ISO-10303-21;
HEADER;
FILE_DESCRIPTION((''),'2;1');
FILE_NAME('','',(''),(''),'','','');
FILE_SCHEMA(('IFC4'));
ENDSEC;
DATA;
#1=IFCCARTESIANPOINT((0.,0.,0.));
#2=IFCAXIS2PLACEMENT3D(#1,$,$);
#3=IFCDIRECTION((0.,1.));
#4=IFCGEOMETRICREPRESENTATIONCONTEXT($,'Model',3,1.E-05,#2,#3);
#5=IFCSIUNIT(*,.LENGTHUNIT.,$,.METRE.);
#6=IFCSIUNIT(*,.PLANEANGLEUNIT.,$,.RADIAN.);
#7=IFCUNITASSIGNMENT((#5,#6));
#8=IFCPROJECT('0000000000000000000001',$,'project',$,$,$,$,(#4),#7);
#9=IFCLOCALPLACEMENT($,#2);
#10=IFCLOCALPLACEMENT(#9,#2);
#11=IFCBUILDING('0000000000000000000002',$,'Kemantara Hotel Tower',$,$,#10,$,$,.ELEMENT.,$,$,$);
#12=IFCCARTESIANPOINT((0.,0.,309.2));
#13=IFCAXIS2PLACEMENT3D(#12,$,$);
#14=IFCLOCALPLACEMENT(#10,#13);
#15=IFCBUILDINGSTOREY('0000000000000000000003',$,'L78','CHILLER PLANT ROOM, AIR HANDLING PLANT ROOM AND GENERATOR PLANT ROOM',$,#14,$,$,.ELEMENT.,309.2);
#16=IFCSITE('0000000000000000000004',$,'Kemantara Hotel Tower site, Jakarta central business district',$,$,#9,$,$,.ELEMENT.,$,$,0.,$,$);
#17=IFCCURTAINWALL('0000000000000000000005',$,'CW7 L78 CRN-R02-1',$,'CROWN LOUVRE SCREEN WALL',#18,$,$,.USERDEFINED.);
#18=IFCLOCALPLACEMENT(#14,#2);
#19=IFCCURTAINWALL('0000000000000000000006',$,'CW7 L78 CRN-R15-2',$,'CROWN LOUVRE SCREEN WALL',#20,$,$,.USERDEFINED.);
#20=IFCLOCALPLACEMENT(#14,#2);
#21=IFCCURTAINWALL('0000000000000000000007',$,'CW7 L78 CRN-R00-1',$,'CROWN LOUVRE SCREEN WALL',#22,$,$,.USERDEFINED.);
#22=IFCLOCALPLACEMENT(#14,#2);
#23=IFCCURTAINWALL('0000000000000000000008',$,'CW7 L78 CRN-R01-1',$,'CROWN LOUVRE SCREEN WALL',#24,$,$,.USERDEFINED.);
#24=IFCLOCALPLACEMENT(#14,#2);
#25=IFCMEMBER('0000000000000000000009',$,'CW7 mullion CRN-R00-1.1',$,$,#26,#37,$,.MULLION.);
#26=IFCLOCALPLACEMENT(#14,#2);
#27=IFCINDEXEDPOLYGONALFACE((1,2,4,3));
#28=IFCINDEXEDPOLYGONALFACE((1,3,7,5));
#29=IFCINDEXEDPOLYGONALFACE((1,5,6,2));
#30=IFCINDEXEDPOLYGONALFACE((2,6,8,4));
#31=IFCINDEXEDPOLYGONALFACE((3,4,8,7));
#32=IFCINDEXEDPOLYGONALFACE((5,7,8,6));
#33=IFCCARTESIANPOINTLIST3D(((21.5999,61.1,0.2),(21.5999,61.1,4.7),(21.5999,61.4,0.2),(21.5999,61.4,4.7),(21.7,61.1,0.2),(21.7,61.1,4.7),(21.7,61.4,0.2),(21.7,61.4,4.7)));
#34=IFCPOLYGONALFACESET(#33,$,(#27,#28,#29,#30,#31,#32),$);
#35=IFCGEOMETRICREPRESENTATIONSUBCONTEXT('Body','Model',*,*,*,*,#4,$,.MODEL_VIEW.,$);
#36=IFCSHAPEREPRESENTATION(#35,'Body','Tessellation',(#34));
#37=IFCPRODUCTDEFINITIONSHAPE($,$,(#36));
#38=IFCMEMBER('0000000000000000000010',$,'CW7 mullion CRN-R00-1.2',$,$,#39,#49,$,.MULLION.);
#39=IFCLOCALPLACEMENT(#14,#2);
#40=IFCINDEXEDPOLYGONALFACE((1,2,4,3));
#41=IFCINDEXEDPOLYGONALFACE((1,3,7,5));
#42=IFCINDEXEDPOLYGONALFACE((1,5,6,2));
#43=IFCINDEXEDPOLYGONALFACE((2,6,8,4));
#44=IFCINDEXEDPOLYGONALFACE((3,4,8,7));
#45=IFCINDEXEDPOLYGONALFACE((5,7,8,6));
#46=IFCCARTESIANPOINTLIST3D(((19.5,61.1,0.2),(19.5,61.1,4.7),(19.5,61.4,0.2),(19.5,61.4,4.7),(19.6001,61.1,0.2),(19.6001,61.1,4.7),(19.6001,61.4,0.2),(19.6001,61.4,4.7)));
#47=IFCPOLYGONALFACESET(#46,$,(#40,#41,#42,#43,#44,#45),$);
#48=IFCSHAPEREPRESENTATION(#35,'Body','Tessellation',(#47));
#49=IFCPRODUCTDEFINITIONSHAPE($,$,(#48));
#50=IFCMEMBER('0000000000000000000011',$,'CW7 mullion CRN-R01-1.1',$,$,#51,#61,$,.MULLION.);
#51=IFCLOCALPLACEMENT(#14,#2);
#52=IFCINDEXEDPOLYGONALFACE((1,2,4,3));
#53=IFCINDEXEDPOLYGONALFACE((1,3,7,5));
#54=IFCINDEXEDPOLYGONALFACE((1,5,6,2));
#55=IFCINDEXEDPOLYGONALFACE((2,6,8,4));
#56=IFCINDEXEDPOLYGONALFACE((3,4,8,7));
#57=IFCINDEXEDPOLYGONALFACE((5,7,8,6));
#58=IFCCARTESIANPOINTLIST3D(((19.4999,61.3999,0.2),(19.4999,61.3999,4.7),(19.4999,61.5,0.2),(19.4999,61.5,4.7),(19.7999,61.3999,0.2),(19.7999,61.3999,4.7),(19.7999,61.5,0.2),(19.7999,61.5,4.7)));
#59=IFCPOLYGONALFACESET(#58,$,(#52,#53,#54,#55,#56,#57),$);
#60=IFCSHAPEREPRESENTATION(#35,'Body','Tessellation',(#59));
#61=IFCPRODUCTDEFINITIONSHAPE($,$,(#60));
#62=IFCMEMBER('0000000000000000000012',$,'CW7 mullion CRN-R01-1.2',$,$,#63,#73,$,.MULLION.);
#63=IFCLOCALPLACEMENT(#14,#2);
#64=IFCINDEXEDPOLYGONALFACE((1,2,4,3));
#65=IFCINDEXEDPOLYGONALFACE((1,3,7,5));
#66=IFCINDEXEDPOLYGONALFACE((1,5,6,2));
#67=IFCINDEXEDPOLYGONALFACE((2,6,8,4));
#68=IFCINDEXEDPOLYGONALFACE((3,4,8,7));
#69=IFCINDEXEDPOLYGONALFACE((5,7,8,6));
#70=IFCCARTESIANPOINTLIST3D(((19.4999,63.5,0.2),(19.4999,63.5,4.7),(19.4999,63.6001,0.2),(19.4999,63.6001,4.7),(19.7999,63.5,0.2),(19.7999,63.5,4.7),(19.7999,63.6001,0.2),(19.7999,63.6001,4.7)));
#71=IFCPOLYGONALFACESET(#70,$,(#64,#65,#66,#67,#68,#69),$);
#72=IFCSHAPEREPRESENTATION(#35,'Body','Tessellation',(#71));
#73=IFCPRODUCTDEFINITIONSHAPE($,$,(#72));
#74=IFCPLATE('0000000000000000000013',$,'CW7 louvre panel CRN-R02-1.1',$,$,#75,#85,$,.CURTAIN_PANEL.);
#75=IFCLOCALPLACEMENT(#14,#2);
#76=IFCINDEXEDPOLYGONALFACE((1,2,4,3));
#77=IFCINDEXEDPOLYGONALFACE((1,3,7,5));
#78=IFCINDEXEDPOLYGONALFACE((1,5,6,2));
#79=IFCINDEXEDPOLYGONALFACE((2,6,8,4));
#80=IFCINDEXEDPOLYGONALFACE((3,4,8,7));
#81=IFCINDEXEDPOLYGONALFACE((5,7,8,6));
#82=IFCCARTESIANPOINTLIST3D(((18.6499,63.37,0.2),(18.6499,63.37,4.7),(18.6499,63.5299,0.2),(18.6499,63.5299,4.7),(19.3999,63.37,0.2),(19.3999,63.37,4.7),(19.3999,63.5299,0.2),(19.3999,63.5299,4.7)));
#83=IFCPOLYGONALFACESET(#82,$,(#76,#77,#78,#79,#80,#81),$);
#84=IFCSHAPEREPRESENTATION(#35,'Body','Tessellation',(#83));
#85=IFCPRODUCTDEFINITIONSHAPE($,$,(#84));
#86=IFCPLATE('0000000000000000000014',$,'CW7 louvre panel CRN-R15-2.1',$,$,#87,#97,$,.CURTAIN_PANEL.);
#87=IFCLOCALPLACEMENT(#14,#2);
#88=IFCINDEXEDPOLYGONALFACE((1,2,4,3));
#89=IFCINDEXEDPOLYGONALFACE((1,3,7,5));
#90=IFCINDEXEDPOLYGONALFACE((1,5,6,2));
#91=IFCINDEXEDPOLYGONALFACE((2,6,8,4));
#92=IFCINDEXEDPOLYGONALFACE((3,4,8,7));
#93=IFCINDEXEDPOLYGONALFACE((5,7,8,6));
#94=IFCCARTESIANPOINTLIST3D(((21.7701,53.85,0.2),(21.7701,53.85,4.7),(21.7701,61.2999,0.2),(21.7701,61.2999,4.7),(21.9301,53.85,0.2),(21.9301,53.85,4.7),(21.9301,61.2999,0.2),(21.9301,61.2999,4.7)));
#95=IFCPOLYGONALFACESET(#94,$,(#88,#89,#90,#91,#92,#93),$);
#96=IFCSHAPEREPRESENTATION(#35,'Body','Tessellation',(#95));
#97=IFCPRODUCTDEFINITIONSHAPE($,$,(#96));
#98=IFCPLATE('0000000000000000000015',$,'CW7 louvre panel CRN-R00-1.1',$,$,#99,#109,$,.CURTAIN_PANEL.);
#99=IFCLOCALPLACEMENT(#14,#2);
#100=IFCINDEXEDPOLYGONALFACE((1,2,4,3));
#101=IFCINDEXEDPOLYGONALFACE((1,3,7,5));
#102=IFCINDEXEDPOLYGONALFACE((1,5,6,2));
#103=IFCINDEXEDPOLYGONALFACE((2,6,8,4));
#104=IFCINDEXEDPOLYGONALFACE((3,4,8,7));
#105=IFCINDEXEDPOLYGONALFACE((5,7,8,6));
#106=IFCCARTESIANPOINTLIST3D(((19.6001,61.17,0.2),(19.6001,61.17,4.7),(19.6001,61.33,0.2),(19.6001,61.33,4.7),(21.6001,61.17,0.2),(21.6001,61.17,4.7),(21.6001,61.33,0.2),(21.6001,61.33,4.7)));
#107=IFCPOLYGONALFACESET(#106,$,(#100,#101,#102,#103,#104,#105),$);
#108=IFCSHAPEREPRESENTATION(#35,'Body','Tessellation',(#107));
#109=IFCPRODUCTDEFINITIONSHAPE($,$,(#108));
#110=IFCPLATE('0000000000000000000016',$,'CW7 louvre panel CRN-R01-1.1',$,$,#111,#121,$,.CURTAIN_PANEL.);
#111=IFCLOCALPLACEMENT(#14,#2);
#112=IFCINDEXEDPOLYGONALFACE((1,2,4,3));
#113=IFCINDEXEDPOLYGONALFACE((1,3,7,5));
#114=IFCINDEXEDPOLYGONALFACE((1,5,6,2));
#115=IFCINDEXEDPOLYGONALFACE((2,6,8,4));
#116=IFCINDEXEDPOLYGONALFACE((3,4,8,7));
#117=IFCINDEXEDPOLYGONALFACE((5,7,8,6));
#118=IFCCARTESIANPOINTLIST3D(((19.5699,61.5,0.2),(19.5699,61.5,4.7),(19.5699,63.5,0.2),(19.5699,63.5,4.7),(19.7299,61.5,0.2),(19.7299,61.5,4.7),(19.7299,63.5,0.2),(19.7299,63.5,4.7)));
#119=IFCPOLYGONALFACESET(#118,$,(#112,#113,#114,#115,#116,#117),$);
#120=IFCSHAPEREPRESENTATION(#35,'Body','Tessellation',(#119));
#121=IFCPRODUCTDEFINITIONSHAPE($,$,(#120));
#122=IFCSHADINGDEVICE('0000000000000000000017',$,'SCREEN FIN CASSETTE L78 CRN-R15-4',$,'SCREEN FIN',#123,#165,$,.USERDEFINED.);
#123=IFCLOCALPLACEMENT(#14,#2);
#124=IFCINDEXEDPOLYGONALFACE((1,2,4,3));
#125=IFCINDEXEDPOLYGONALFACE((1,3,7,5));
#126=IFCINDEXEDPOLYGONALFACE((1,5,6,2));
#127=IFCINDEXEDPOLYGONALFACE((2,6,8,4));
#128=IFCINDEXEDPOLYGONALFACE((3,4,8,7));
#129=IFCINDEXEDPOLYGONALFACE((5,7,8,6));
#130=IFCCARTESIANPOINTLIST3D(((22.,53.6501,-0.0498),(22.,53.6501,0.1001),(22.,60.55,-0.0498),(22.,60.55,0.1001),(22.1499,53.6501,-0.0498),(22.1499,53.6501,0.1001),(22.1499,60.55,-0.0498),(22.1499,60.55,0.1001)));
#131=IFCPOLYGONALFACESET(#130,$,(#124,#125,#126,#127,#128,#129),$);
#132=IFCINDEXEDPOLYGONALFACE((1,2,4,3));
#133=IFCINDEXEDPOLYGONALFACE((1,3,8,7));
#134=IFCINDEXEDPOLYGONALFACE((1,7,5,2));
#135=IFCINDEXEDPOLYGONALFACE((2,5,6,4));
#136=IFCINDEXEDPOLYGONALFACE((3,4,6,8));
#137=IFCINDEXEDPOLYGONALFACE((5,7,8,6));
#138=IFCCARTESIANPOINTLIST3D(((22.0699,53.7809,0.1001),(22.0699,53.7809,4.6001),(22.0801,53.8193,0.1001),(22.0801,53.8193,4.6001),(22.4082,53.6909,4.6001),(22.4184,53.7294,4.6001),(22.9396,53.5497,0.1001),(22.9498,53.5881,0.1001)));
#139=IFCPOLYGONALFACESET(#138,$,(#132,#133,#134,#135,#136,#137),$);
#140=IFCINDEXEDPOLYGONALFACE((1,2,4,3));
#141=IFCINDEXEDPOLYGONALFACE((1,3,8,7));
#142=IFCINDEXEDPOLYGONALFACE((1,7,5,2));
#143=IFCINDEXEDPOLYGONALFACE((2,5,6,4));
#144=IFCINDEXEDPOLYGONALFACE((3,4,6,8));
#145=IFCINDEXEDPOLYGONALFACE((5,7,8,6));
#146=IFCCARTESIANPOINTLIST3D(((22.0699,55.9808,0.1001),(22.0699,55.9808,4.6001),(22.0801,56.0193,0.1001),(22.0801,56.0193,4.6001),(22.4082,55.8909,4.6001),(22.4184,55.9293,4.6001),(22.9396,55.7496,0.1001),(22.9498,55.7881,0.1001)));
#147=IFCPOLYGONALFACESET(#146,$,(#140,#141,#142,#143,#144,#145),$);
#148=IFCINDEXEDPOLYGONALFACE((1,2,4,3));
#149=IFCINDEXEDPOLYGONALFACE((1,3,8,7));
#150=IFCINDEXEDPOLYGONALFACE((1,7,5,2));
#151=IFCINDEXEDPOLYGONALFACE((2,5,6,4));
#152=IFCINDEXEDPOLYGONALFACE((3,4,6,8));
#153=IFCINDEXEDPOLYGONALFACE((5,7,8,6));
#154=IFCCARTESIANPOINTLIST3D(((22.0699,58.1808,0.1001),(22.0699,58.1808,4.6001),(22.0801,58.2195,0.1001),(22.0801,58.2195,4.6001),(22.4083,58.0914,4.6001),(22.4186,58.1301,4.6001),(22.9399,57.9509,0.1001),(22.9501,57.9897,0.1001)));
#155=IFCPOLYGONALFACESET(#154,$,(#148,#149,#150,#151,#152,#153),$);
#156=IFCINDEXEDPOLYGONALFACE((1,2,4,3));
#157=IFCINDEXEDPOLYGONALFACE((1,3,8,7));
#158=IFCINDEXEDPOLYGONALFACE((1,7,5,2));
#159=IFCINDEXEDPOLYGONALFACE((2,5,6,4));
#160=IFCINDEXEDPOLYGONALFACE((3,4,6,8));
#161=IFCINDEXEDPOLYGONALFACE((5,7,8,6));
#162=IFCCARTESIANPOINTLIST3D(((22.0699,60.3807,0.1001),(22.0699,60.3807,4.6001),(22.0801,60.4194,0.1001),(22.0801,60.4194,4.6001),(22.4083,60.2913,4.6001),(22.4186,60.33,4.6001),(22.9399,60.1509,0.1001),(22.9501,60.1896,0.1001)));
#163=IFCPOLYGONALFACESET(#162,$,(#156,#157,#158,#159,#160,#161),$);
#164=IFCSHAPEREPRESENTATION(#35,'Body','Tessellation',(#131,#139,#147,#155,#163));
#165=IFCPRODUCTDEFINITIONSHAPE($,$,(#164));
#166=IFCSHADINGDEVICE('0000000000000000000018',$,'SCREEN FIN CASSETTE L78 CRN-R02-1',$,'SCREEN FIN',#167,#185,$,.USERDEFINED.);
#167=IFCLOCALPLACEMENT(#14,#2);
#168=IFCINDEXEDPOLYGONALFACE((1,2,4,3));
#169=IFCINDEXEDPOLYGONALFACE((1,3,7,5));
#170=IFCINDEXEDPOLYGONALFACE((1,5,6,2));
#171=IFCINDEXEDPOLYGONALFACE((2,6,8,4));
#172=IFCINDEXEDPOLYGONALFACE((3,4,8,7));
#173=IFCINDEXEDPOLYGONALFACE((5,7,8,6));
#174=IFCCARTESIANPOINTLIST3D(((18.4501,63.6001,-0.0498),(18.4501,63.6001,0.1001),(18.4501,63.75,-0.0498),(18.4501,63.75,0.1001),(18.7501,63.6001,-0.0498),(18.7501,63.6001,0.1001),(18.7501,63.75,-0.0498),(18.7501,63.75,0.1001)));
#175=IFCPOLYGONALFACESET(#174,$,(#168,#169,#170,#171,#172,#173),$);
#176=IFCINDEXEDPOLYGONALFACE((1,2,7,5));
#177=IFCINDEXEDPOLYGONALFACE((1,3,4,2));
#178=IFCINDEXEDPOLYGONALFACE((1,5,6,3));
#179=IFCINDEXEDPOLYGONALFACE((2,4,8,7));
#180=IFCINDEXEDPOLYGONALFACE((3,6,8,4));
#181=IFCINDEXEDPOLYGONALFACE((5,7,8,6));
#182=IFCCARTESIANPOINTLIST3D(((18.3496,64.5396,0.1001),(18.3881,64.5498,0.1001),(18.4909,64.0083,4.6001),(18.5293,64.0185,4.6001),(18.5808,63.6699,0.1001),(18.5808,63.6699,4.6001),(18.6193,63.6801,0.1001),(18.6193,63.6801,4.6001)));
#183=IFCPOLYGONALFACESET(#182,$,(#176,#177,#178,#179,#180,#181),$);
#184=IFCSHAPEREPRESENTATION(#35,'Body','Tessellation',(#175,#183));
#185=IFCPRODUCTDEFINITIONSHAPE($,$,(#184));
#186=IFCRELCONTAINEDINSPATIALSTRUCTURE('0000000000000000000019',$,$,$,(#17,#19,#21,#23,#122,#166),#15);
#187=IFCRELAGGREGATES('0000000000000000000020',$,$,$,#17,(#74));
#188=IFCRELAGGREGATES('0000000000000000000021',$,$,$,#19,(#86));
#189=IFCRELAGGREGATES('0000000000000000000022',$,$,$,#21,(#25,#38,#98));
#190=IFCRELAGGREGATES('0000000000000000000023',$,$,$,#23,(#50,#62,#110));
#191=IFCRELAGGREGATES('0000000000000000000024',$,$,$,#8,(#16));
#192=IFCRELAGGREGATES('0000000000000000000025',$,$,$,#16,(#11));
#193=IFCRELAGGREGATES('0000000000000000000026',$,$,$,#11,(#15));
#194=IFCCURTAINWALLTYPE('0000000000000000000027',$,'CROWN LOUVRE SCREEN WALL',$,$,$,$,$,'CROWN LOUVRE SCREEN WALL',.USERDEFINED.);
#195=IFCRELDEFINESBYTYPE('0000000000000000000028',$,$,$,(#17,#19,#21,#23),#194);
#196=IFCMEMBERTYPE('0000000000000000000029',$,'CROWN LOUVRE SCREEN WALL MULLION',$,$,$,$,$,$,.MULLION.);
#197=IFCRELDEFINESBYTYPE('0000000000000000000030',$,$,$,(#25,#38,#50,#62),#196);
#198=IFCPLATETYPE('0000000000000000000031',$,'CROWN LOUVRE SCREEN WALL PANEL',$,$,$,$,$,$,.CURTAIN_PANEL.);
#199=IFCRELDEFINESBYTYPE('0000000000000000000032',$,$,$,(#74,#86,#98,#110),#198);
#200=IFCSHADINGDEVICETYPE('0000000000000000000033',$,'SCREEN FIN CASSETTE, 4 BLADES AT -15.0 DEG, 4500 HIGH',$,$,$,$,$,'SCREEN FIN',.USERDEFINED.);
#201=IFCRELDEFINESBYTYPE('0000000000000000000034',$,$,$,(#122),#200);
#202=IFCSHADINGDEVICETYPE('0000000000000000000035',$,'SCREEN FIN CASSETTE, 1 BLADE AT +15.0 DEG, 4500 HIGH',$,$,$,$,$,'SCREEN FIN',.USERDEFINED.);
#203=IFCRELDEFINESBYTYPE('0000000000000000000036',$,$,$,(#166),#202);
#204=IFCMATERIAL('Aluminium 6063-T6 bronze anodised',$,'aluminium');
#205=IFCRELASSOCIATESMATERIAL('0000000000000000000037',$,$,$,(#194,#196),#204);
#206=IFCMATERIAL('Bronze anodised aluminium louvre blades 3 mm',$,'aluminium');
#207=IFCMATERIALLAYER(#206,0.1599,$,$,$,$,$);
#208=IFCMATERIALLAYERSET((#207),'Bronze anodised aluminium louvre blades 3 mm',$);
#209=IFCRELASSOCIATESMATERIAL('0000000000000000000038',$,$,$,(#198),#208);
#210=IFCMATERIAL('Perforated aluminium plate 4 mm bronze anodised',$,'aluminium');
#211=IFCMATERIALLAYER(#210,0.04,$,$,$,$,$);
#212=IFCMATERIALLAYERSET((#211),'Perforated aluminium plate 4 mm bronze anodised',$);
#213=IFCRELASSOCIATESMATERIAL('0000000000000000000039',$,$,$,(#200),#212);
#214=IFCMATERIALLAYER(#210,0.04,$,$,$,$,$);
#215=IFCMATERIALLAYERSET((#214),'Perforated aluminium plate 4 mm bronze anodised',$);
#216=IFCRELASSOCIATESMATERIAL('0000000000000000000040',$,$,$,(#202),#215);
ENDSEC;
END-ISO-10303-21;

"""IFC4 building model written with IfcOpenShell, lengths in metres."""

from ifc_helpers import new_model, si_unit, direction, frame, origin, origin_2d, place, context, subcontext, project, spatial, polyline, rectangle, outline, extrude, source, transform, mapped, material, layer, layer_set, material_profile, profile_set, type_object, element, aggregate, save


model = new_model("IFC4")

# Units and contexts
model_context = context("Model", 3, precision=1e-05, world=origin(), true_north=direction((0.0, 1.0)))
body_context = subcontext(model_context, "Body", "Model", "MODEL_VIEW")
ifc_project = project(units=[si_unit("LENGTHUNIT", "METRE"), si_unit("PLANEANGLEUNIT", "RADIAN")], contexts=[model_context])

# Site, building, storey
site_placement = place(None, origin())
site = spatial("IfcSite", under=ifc_project, at=site_placement, Name="Kemantara Hotel Tower site, Jakarta central business district", CompositionType="ELEMENT", RefElevation=0.0)
building_placement = place(site_placement, origin())
building = spatial("IfcBuilding", under=site, at=building_placement, Name="Kemantara Hotel Tower", CompositionType="ELEMENT")
storey_placement = place(building_placement, frame((0.0, 0.0, 309.2)))
storey = spatial("IfcBuildingStorey", under=building, at=storey_placement, Name="L78", Description="CHILLER PLANT ROOM, AIR HANDLING PLANT ROOM AND GENERATOR PLANT ROOM", CompositionType="ELEMENT", Elevation=309.2)

# Curtain walls
ifc_material_1 = material(Name="Aluminium 6063-T6 bronze anodised", Category="aluminium")
curtain_wall_type = type_object("IfcCurtainWallType", Name="CROWN LOUVRE SCREEN WALL", ElementType="CROWN LOUVRE SCREEN WALL", PredefinedType="USERDEFINED", material=ifc_material_1)
curtain_wall_1_placement = place(storey_placement, origin())
curtain_wall_1 = element("IfcCurtainWall", 1, at=curtain_wall_1_placement, inside=storey, type_object=curtain_wall_type, Name="CW7 L78 CRN-R02-1", ObjectType="CROWN LOUVRE SCREEN WALL", PredefinedType="USERDEFINED")
curtain_wall_2_placement = place(storey_placement, origin())
curtain_wall_2 = element("IfcCurtainWall", 2, at=curtain_wall_2_placement, inside=storey, type_object=curtain_wall_type, Name="CW7 L78 CRN-R15-2", ObjectType="CROWN LOUVRE SCREEN WALL", PredefinedType="USERDEFINED")
curtain_wall_3_placement = place(storey_placement, origin())
curtain_wall_3 = element("IfcCurtainWall", 3, at=curtain_wall_3_placement, inside=storey, type_object=curtain_wall_type, Name="CW7 L78 CRN-R00-1", ObjectType="CROWN LOUVRE SCREEN WALL", PredefinedType="USERDEFINED")
curtain_wall_4_placement = place(storey_placement, origin())
curtain_wall_4 = element("IfcCurtainWall", 4, at=curtain_wall_4_placement, inside=storey, type_object=curtain_wall_type, Name="CW7 L78 CRN-R01-1", ObjectType="CROWN LOUVRE SCREEN WALL", PredefinedType="USERDEFINED")

# Members
ifc_material_profile_1 = material_profile(ifc_material_1, rectangle(XDim=0.3, YDim=0.1001, at=origin_2d()), Name="CROWN LOUVRE SCREEN WALL MULLION")
ifc_profile_set_1 = profile_set([ifc_material_profile_1], Name="Aluminium 6063-T6 bronze anodised")
member_type_1 = type_object("IfcMemberType", Name="CROWN LOUVRE SCREEN WALL MULLION", PredefinedType="MULLION", material=ifc_profile_set_1)
shared_shape_1 = source(origin(), body_context, "Body", "SweptSolid", [
    extrude(rectangle(XDim=0.3, YDim=0.1001, at=origin_2d()), origin(), (0.0, 0.0, 1.0), 4.5),
])
member_1_placement = place(storey_placement, frame((21.6499, 61.25, 0.2), z_axis=(0.0, 0.0, 1.0), x_axis=(0.0, -1.0, 0.0)))
member_1 = element("IfcMember", 5, at=member_1_placement, type_object=member_type_1, Name="CW7 mullion CRN-R00-1.1", PredefinedType="MULLION", context=body_context, shape_type="MappedRepresentation", body=[
    mapped(shared_shape_1, transform((0.0, 0.0, 0.0))),
])
member_2_placement = place(storey_placement, frame((19.55, 61.25, 0.2), z_axis=(0.0, 0.0, 1.0), x_axis=(0.0, -1.0, 0.0)))
member_2 = element("IfcMember", 6, at=member_2_placement, type_object=member_type_1, Name="CW7 mullion CRN-R00-1.2", PredefinedType="MULLION", context=body_context, shape_type="MappedRepresentation", body=[
    mapped(shared_shape_1, transform((0.0, 0.0, 0.0))),
])
member_3_placement = place(storey_placement, frame((19.6499, 61.45, 0.2), z_axis=(0.0, 0.0, 1.0), x_axis=(-1.0, 0.0, 0.0)))
member_3 = element("IfcMember", 7, at=member_3_placement, type_object=member_type_1, Name="CW7 mullion CRN-R01-1.1", PredefinedType="MULLION", context=body_context, shape_type="MappedRepresentation", body=[
    mapped(shared_shape_1, transform((0.0, 0.0, 0.0))),
])
member_4_placement = place(storey_placement, frame((19.6499, 63.55, 0.2), z_axis=(0.0, 0.0, 1.0), x_axis=(-1.0, 0.0, 0.0)))
member_4 = element("IfcMember", 8, at=member_4_placement, type_object=member_type_1, Name="CW7 mullion CRN-R01-1.2", PredefinedType="MULLION", context=body_context, shape_type="MappedRepresentation", body=[
    mapped(shared_shape_1, transform((0.0, 0.0, 0.0))),
])

# Plates
ifc_material_2 = material(Name="Bronze anodised aluminium louvre blades 3 mm", Category="aluminium")
ifc_layer_1 = layer(ifc_material_2, 0.1599)
ifc_layer_set_1 = layer_set([ifc_layer_1], Name="Bronze anodised aluminium louvre blades 3 mm")
plate_type = type_object("IfcPlateType", Name="CROWN LOUVRE SCREEN WALL PANEL", PredefinedType="CURTAIN_PANEL", material=ifc_layer_set_1)
shared_shape_2 = source(origin(), body_context, "Body", "SweptSolid", [
    extrude(rectangle(XDim=0.75, YDim=0.1599, at=origin_2d()), origin(), (0.0, 0.0, 1.0), 4.5),
])
plate_1_placement = place(storey_placement, frame((19.0249, 63.45, 0.2), z_axis=(0.0, 0.0, 1.0), x_axis=(-1.0, 0.0, 0.0)))
plate_1 = element("IfcPlate", 9, at=plate_1_placement, type_object=plate_type, Name="CW7 louvre panel CRN-R02-1.1", PredefinedType="CURTAIN_PANEL", context=body_context, shape_type="MappedRepresentation", body=[
    mapped(shared_shape_2, transform((0.0, 0.0, 0.0))),
])
aggregate(curtain_wall_1, [plate_1])
shared_shape_3 = source(origin(), body_context, "Body", "SweptSolid", [
    extrude(rectangle(XDim=7.45, YDim=0.1599, at=origin_2d()), origin(), (0.0, 0.0, 1.0), 4.5),
])
plate_2_placement = place(storey_placement, frame((21.8501, 57.575, 0.2), z_axis=(0.0, 0.0, 1.0), x_axis=(0.0, 1.0, 0.0)))
plate_2 = element("IfcPlate", 10, at=plate_2_placement, type_object=plate_type, Name="CW7 louvre panel CRN-R15-2.1", PredefinedType="CURTAIN_PANEL", context=body_context, shape_type="MappedRepresentation", body=[
    mapped(shared_shape_3, transform((0.0, 0.0, 0.0))),
])
aggregate(curtain_wall_2, [plate_2])
shared_shape_4 = source(origin(), body_context, "Body", "SweptSolid", [
    extrude(rectangle(XDim=2.0, YDim=0.1599, at=origin_2d()), origin(), (0.0, 0.0, 1.0), 4.5),
])
plate_3_placement = place(storey_placement, frame((20.6001, 61.25, 0.2), z_axis=(0.0, 0.0, 1.0), x_axis=(-1.0, 0.0, 0.0)))
plate_3 = element("IfcPlate", 11, at=plate_3_placement, type_object=plate_type, Name="CW7 louvre panel CRN-R00-1.1", PredefinedType="CURTAIN_PANEL", context=body_context, shape_type="MappedRepresentation", body=[
    mapped(shared_shape_4, transform((0.0, 0.0, 0.0))),
])
aggregate(curtain_wall_3, [member_1, member_2, plate_3])
plate_4_placement = place(storey_placement, frame((19.6499, 62.5, 0.2), z_axis=(0.0, 0.0, 1.0), x_axis=(0.0, 1.0, 0.0)))
plate_4 = element("IfcPlate", 12, at=plate_4_placement, type_object=plate_type, Name="CW7 louvre panel CRN-R01-1.1", PredefinedType="CURTAIN_PANEL", context=body_context, shape_type="MappedRepresentation", body=[
    mapped(shared_shape_4, transform((0.0, 0.0, 0.0))),
])
aggregate(curtain_wall_4, [member_3, member_4, plate_4])

# Shading devices
ifc_material_3 = material(Name="Perforated aluminium plate 4 mm bronze anodised", Category="aluminium")
ifc_layer_2 = layer(ifc_material_3, 0.04)
ifc_layer_set_2 = layer_set([ifc_layer_2], Name="Perforated aluminium plate 4 mm bronze anodised")
shading_device_type_1 = type_object("IfcShadingDeviceType", Name="SCREEN FIN CASSETTE, 4 BLADES AT -15.0 DEG, 4500 HIGH", ElementType="SCREEN FIN", PredefinedType="USERDEFINED", material=ifc_layer_set_2)
shared_shape_5 = source(origin(), body_context, "Body", "SweptSolid", [
    extrude(rectangle(XDim=6.8999, YDim=0.1499, at=origin_2d()), frame((3.3, -0.075, -0.1499), z_axis=(0.0, 0.0, 1.0), x_axis=(1.0, 0.0, 0.0)), (0.0, 0.0, 1.0), 0.1499),
    extrude(outline(polyline([(0.0, 0.0), (0.8999, 0.0), (0.3501, 4.5), (0.0, 4.5), (0.0, 0.0)])), frame((0.0193, -0.0801, 0.0), z_axis=(-0.966438, 0.256901, 0.0), x_axis=(-0.256901, -0.966438, 0.0)), (0.0, 0.0, 1.0), 0.0398),
    extrude(outline(polyline([(0.0, 0.0), (0.8999, 0.0), (0.3501, 4.5), (0.0, 4.5), (0.0, 0.0)])), frame((2.2192, -0.0801, 0.0), z_axis=(-0.966438, 0.256901, 0.0), x_axis=(-0.256901, -0.966438, 0.0)), (0.0, 0.0, 1.0), 0.0398),
    extrude(outline(polyline([(0.0, 0.0), (0.8999, 0.0), (0.3501, 4.5), (0.0, 4.5), (0.0, 0.0)])), frame((4.4194, -0.0801, 0.0), z_axis=(-0.966838, 0.255391, 0.0), x_axis=(-0.255391, -0.966838, 0.0)), (0.0, 0.0, 1.0), 0.04),
    extrude(outline(polyline([(0.0, 0.0), (0.8999, 0.0), (0.3501, 4.5), (0.0, 4.5), (0.0, 0.0)])), frame((6.6194, -0.0801, 0.0), z_axis=(-0.966838, 0.255391, 0.0), x_axis=(-0.255391, -0.966838, 0.0)), (0.0, 0.0, 1.0), 0.04),
])
shading_device_1_placement = place(storey_placement, frame((22.0, 53.8, 0.1001), z_axis=(0.0, 0.0, 1.0), x_axis=(0.0, 1.0, 0.0)))
element("IfcShadingDevice", 13, at=shading_device_1_placement, inside=storey, type_object=shading_device_type_1, Name="SCREEN FIN CASSETTE L78 CRN-R15-4", ObjectType="SCREEN FIN", PredefinedType="USERDEFINED", context=body_context, shape_type="MappedRepresentation", body=[
    mapped(shared_shape_5, transform((0.0, 0.0, 0.0))),
])
ifc_layer_3 = layer(ifc_material_3, 0.04)
ifc_layer_set_3 = layer_set([ifc_layer_3], Name="Perforated aluminium plate 4 mm bronze anodised")
shading_device_type_2 = type_object("IfcShadingDeviceType", Name="SCREEN FIN CASSETTE, 1 BLADE AT +15.0 DEG, 4500 HIGH", ElementType="SCREEN FIN", PredefinedType="USERDEFINED", material=ifc_layer_set_3)
shared_shape_6 = source(origin(), body_context, "Body", "SweptSolid", [
    extrude(rectangle(XDim=0.3, YDim=0.1499, at=origin_2d()), frame((0.0, -0.075, -0.1499), z_axis=(0.0, 0.0, 1.0), x_axis=(1.0, 0.0, 0.0)), (0.0, 0.0, 1.0), 0.1499),
    extrude(outline(polyline([(0.0, 0.0), (0.8999, 0.0), (0.3501, 4.5), (0.0, 4.5), (0.0, 0.0)])), frame((0.0193, -0.0698, 0.0), z_axis=(-0.966438, -0.256901, 0.0), x_axis=(0.256901, -0.966438, 0.0)), (0.0, 0.0, 1.0), 0.0398),
])
shading_device_2_placement = place(storey_placement, frame((18.6001, 63.6001, 0.1001), z_axis=(0.0, 0.0, 1.0), x_axis=(-1.0, 0.0, 0.0)))
element("IfcShadingDevice", 14, at=shading_device_2_placement, inside=storey, type_object=shading_device_type_2, Name="SCREEN FIN CASSETTE L78 CRN-R02-1", ObjectType="SCREEN FIN", PredefinedType="USERDEFINED", context=body_context, shape_type="MappedRepresentation", body=[
    mapped(shared_shape_6, transform((0.0, 0.0, 0.0))),
])

save(model, "model.ifc")
